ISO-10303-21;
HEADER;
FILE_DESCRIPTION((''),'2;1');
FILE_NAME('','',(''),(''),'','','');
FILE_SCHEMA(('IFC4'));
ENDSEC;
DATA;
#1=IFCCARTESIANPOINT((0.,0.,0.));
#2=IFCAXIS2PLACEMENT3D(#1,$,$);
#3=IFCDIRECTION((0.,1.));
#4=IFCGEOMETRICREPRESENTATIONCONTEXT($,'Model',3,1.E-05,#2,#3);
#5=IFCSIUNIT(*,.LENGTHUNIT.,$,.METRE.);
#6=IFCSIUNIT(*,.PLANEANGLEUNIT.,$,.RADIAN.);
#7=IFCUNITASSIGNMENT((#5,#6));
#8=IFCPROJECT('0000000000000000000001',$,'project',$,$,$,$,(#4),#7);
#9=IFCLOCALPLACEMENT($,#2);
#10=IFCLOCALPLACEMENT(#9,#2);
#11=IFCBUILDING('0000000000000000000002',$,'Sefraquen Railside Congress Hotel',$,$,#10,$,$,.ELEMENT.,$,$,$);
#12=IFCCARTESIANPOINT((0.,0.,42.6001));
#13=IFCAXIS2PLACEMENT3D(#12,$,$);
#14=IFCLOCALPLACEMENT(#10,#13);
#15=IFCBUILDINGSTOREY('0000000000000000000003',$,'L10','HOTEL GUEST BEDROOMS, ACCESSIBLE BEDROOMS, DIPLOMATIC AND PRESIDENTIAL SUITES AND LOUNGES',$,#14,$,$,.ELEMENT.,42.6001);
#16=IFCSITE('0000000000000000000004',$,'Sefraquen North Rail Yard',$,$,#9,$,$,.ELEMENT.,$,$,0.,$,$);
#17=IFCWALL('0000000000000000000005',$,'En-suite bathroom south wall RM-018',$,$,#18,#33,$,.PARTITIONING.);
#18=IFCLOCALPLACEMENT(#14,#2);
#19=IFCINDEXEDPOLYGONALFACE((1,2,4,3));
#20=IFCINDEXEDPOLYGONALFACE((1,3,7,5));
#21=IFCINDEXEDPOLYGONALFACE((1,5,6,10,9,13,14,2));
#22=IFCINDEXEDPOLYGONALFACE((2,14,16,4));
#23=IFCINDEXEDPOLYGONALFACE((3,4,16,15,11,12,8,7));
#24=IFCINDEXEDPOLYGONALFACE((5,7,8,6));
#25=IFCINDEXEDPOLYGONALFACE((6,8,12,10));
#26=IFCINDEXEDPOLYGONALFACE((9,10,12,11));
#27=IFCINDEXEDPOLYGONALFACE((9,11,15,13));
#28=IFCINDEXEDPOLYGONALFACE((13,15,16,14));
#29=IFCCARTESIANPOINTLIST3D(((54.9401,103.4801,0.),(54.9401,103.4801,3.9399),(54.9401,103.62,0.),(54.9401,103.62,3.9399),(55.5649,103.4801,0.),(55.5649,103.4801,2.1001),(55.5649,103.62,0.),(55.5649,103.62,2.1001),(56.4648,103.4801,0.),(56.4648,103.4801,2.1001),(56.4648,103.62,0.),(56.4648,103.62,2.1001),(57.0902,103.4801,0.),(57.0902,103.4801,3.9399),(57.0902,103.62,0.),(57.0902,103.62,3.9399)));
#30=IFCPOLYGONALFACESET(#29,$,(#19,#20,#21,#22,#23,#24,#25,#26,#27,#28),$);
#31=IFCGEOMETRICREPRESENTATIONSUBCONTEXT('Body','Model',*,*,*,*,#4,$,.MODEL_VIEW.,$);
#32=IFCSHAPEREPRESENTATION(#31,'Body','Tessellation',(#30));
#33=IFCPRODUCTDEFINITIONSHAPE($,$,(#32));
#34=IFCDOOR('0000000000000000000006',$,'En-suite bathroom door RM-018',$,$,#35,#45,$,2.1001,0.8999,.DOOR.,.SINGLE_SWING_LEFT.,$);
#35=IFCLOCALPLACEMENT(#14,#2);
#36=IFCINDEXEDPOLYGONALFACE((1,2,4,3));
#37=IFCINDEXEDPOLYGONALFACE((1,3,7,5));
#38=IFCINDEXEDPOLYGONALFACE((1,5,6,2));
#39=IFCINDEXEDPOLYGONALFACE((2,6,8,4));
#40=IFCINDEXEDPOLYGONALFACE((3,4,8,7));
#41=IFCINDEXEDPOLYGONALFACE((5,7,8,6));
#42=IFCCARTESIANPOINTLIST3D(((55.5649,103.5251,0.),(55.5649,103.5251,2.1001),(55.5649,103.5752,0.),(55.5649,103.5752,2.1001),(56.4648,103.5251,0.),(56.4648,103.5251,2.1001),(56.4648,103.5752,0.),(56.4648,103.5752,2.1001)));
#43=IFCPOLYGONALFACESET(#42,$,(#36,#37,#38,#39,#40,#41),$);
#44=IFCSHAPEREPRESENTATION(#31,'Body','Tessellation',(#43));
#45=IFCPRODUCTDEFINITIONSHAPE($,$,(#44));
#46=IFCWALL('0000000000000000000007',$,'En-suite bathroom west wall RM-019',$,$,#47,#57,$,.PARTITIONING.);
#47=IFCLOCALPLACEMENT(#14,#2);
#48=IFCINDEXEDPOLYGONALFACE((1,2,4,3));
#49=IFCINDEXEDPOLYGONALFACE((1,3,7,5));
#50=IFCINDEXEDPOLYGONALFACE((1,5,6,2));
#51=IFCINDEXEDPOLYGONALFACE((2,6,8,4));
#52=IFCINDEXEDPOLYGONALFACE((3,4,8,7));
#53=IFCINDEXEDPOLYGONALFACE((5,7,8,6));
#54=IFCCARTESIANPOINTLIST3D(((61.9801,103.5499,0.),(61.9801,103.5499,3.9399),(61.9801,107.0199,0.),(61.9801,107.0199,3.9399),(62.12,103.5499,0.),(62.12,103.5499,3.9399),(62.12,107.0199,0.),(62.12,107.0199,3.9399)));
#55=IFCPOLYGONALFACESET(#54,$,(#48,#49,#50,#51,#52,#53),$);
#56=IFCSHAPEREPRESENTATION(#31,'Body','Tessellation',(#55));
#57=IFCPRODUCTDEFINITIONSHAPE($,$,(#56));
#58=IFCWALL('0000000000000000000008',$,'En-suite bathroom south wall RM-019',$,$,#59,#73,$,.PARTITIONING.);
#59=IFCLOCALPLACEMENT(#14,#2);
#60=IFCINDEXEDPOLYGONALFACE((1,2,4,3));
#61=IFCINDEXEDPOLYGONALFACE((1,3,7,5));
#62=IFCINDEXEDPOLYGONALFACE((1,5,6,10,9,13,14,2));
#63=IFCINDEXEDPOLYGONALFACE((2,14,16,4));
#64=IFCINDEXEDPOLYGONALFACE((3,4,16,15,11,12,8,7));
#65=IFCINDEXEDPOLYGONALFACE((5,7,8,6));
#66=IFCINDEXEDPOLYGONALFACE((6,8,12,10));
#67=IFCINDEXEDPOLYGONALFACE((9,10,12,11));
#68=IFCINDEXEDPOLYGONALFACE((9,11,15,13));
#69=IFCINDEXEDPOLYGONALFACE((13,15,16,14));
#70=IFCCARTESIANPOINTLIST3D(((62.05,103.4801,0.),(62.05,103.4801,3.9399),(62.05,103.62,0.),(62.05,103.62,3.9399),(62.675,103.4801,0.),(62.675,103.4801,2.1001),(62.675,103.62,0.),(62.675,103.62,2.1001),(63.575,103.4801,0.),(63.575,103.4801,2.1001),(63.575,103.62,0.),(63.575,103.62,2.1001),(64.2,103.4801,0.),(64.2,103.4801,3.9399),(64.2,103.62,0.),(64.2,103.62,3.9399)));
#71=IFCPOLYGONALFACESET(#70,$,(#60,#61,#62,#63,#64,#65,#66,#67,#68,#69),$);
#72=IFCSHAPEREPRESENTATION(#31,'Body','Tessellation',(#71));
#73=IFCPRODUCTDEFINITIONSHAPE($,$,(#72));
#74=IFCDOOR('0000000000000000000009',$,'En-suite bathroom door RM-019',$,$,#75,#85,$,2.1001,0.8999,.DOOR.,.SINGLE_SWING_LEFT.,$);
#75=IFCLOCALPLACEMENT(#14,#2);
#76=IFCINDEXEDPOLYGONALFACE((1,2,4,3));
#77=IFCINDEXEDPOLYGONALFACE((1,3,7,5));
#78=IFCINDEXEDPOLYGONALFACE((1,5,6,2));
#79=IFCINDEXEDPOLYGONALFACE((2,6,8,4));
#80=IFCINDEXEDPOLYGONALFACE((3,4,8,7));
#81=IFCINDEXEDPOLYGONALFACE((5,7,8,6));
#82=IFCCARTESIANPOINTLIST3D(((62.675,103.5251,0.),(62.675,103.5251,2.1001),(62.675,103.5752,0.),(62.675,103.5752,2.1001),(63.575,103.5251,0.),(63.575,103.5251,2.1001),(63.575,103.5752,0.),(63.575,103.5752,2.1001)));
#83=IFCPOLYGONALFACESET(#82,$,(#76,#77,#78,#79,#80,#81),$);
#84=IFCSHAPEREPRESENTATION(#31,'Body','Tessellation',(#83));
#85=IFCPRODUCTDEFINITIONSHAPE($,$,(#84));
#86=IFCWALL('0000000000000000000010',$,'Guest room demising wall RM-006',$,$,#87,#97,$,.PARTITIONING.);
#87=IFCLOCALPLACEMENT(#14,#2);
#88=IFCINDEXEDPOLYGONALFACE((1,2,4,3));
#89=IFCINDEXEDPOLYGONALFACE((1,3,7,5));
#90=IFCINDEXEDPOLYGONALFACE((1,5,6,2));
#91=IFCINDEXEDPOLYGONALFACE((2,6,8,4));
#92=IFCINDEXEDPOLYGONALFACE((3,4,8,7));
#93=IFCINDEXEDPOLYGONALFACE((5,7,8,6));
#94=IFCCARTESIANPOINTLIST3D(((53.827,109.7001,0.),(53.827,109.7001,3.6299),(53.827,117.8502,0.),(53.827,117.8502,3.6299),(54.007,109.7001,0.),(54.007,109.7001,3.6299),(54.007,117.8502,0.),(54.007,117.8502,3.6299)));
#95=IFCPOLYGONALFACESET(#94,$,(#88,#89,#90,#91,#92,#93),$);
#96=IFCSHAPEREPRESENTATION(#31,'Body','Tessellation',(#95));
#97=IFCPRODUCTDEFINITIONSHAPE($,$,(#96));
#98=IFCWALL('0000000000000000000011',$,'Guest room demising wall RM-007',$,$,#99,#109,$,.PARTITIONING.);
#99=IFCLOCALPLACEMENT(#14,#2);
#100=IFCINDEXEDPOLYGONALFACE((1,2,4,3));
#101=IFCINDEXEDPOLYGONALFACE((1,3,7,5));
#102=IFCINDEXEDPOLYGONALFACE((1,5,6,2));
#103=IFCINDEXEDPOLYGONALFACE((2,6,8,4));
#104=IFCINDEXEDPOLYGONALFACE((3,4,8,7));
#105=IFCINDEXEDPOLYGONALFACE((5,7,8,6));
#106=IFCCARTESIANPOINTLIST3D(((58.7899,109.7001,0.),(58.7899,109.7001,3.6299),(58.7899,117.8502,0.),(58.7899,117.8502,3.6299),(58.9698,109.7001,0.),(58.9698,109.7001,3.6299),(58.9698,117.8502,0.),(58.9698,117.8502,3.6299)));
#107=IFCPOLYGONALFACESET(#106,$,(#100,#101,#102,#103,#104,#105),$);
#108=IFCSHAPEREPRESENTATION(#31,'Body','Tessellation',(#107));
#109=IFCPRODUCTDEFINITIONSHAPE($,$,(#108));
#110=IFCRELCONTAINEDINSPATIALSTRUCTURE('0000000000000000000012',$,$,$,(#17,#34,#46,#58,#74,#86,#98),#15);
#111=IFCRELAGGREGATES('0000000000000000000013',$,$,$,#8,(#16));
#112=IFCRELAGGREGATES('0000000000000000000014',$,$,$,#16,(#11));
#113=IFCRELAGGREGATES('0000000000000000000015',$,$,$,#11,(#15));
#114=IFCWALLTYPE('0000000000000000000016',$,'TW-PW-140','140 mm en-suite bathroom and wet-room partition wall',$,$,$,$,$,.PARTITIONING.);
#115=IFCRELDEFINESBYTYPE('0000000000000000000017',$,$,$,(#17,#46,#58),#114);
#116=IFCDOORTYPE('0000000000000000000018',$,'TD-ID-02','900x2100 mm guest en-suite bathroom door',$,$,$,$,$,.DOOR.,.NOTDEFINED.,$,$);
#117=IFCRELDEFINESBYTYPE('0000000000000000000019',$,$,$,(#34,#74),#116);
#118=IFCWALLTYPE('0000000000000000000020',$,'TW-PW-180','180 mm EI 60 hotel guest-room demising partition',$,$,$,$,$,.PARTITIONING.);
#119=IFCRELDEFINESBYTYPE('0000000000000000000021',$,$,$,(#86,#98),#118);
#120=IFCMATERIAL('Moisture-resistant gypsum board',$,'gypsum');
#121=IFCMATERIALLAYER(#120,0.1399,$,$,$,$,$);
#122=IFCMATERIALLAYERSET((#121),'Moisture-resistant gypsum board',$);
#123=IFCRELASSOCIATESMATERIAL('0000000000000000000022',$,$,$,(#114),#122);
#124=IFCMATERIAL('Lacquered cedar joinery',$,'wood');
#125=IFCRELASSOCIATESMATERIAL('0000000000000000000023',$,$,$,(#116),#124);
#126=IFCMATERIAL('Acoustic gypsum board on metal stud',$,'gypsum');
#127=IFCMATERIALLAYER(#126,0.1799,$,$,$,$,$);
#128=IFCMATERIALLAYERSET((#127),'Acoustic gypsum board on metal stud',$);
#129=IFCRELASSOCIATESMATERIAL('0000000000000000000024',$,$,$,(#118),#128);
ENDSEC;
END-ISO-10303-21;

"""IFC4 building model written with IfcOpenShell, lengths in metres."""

from ifc_helpers import new_model, si_unit, direction, frame, frame_2d, origin, place, context, subcontext, project, spatial, rectangle, extrude, material, layer, layer_set, type_object, element, fill, save


model = new_model("IFC4")

# Units and contexts
model_context = context("Model", 3, precision=1e-05, world=origin(), true_north=direction((0.0, 1.0)))
body_context = subcontext(model_context, "Body", "Model", "MODEL_VIEW")
ifc_project = project(units=[si_unit("LENGTHUNIT", "METRE"), si_unit("PLANEANGLEUNIT", "RADIAN")], contexts=[model_context])

# Site, building, storey
site_placement = place(None, origin())
site = spatial("IfcSite", under=ifc_project, at=site_placement, Name="Sefraquen North Rail Yard", CompositionType="ELEMENT", RefElevation=0.0)
building_placement = place(site_placement, origin())
building = spatial("IfcBuilding", under=site, at=building_placement, Name="Sefraquen Railside Congress Hotel", CompositionType="ELEMENT")
storey_placement = place(building_placement, frame((0.0, 0.0, 42.6001)))
storey = spatial("IfcBuildingStorey", under=building, at=storey_placement, Name="L10", Description="HOTEL GUEST BEDROOMS, ACCESSIBLE BEDROOMS, DIPLOMATIC AND PRESIDENTIAL SUITES AND LOUNGES", CompositionType="ELEMENT", Elevation=42.6001)

# Shared definitions
ifc_material_1 = material(Name="Moisture-resistant gypsum board", Category="gypsum")
ifc_layer_1 = layer(ifc_material_1, 0.1399)
ifc_layer_set_1 = layer_set([ifc_layer_1], Name="Moisture-resistant gypsum board")
wall_type_1 = type_object("IfcWallType", Name="TW-PW-140", Description="140 mm en-suite bathroom and wet-room partition wall", PredefinedType="PARTITIONING", material=ifc_layer_set_1)

# Shared definitions
ifc_material_2 = material(Name="Lacquered cedar joinery", Category="wood")
door_type = type_object("IfcDoorType", Name="TD-ID-02", Description="900x2100 mm guest en-suite bathroom door", OperationType="NOTDEFINED", PredefinedType="DOOR", material=ifc_material_2)

# Wall, opening, door
wall_1_placement = place(storey_placement, frame((54.9399, 103.55, 0.0), z_axis=(0.0, 0.0, 1.0), x_axis=(1.0, 0.0, 0.0)))
wall_1 = element("IfcWall", 1, at=wall_1_placement, inside=storey, type_object=wall_type_1, Name="En-suite bathroom south wall RM-018", PredefinedType="PARTITIONING", context=body_context, shape_type="SweptSolid", body=[
    extrude(rectangle(XDim=2.1501, YDim=0.1399, at=frame_2d((1.0752, 0.0))), origin(), (0.0, 0.0, 1.0), 3.9399),
])
opening_1_placement = place(wall_1_placement, frame((0.625, 0.0, 0.0)))
opening_1 = element("IfcOpeningElement", 2, at=opening_1_placement, cuts=wall_1, PredefinedType="OPENING", context=body_context, shape_type="SweptSolid", body=[
    extrude(rectangle(XDim=0.8999, YDim=2.1001, at=frame_2d((0.45, 1.05))), frame((0.0, 0.0798, 0.0), z_axis=(0.0, -1.0, 0.0), x_axis=(1.0, 0.0, 0.0)), (0.0, 0.0, 1.0), 0.1599),
])
door_1_placement = place(opening_1_placement, frame((0.8999, 0.0, 0.0), z_axis=(0.0, 0.0, 1.0), x_axis=(-1.0, 0.0, 0.0)))
door_1 = element("IfcDoor", 3, at=door_1_placement, inside=storey, type_object=door_type, Name="En-suite bathroom door RM-018", OperationType="SINGLE_SWING_LEFT", OverallHeight=2.1001, OverallWidth=0.8999, PredefinedType="DOOR", context=body_context, shape_type="SweptSolid", body=[
    extrude(rectangle(XDim=0.8999, YDim=2.1001, at=frame_2d((0.45, 1.05))), frame((0.0, 0.0249, 0.0), z_axis=(0.0, -1.0, 0.0), x_axis=(1.0, 0.0, 0.0)), (0.0, 0.0, 1.0), 0.05),
])
fill(opening_1, door_1)

# Wall
wall_2_placement = place(storey_placement, frame((62.05, 103.55, 0.0), z_axis=(0.0, 0.0, 1.0), x_axis=(0.0, 1.0, 0.0)))
element("IfcWall", 4, at=wall_2_placement, inside=storey, type_object=wall_type_1, Name="En-suite bathroom west wall RM-019", PredefinedType="PARTITIONING", context=body_context, shape_type="SweptSolid", body=[
    extrude(rectangle(XDim=3.47, YDim=0.1399, at=frame_2d((1.7349, 0.0))), origin(), (0.0, 0.0, 1.0), 3.9399),
])

# Wall, opening, door
wall_3_placement = place(storey_placement, frame((62.05, 103.55, 0.0), z_axis=(0.0, 0.0, 1.0), x_axis=(1.0, 0.0, 0.0)))
wall_3 = element("IfcWall", 5, at=wall_3_placement, inside=storey, type_object=wall_type_1, Name="En-suite bathroom south wall RM-019", PredefinedType="PARTITIONING", context=body_context, shape_type="SweptSolid", body=[
    extrude(rectangle(XDim=2.1499, YDim=0.1399, at=frame_2d((1.075, 0.0))), origin(), (0.0, 0.0, 1.0), 3.9399),
])
opening_2_placement = place(wall_3_placement, frame((0.625, 0.0, 0.0)))
opening_2 = element("IfcOpeningElement", 6, at=opening_2_placement, cuts=wall_3, PredefinedType="OPENING", context=body_context, shape_type="SweptSolid", body=[
    extrude(rectangle(XDim=0.8999, YDim=2.1001, at=frame_2d((0.45, 1.05))), frame((0.0, 0.0798, 0.0), z_axis=(0.0, -1.0, 0.0), x_axis=(1.0, 0.0, 0.0)), (0.0, 0.0, 1.0), 0.1599),
])
door_2_placement = place(opening_2_placement, frame((0.8999, 0.0, 0.0), z_axis=(0.0, 0.0, 1.0), x_axis=(-1.0, 0.0, 0.0)))
door_2 = element("IfcDoor", 7, at=door_2_placement, inside=storey, type_object=door_type, Name="En-suite bathroom door RM-019", OperationType="SINGLE_SWING_LEFT", OverallHeight=2.1001, OverallWidth=0.8999, PredefinedType="DOOR", context=body_context, shape_type="SweptSolid", body=[
    extrude(rectangle(XDim=0.8999, YDim=2.1001, at=frame_2d((0.45, 1.05))), frame((0.0, 0.0249, 0.0), z_axis=(0.0, -1.0, 0.0), x_axis=(1.0, 0.0, 0.0)), (0.0, 0.0, 1.0), 0.05),
])
fill(opening_2, door_2)

# Walls
ifc_material_3 = material(Name="Acoustic gypsum board on metal stud", Category="gypsum")
ifc_layer_2 = layer(ifc_material_3, 0.1799)
ifc_layer_set_2 = layer_set([ifc_layer_2], Name="Acoustic gypsum board on metal stud")
wall_type_2 = type_object("IfcWallType", Name="TW-PW-180", Description="180 mm EI 60 hotel guest-room demising partition", PredefinedType="PARTITIONING", material=ifc_layer_set_2)
for number, where, z_axis, x_axis, name in (
    (8, (53.917, 109.7, 0.0), (0.0, 0.0, 1.0), (0.0, 1.0, 0.0), "Guest room demising wall RM-006"),
    (9, (58.8799, 109.7, 0.0), (0.0, 0.0, 1.0), (0.0, 1.0, 0.0), "Guest room demising wall RM-007"),
):
    element("IfcWall", number, at=place(storey_placement, frame(where, z_axis=z_axis, x_axis=x_axis)), inside=storey, type_object=wall_type_2, Name=name, PredefinedType="PARTITIONING", context=body_context, shape_type="SweptSolid", body=[
        extrude(rectangle(XDim=8.1501, YDim=0.1799, at=frame_2d((4.0752, 0.0))), origin(), (0.0, 0.0, 1.0), 3.6299),
    ])

save(model, "model.ifc")
